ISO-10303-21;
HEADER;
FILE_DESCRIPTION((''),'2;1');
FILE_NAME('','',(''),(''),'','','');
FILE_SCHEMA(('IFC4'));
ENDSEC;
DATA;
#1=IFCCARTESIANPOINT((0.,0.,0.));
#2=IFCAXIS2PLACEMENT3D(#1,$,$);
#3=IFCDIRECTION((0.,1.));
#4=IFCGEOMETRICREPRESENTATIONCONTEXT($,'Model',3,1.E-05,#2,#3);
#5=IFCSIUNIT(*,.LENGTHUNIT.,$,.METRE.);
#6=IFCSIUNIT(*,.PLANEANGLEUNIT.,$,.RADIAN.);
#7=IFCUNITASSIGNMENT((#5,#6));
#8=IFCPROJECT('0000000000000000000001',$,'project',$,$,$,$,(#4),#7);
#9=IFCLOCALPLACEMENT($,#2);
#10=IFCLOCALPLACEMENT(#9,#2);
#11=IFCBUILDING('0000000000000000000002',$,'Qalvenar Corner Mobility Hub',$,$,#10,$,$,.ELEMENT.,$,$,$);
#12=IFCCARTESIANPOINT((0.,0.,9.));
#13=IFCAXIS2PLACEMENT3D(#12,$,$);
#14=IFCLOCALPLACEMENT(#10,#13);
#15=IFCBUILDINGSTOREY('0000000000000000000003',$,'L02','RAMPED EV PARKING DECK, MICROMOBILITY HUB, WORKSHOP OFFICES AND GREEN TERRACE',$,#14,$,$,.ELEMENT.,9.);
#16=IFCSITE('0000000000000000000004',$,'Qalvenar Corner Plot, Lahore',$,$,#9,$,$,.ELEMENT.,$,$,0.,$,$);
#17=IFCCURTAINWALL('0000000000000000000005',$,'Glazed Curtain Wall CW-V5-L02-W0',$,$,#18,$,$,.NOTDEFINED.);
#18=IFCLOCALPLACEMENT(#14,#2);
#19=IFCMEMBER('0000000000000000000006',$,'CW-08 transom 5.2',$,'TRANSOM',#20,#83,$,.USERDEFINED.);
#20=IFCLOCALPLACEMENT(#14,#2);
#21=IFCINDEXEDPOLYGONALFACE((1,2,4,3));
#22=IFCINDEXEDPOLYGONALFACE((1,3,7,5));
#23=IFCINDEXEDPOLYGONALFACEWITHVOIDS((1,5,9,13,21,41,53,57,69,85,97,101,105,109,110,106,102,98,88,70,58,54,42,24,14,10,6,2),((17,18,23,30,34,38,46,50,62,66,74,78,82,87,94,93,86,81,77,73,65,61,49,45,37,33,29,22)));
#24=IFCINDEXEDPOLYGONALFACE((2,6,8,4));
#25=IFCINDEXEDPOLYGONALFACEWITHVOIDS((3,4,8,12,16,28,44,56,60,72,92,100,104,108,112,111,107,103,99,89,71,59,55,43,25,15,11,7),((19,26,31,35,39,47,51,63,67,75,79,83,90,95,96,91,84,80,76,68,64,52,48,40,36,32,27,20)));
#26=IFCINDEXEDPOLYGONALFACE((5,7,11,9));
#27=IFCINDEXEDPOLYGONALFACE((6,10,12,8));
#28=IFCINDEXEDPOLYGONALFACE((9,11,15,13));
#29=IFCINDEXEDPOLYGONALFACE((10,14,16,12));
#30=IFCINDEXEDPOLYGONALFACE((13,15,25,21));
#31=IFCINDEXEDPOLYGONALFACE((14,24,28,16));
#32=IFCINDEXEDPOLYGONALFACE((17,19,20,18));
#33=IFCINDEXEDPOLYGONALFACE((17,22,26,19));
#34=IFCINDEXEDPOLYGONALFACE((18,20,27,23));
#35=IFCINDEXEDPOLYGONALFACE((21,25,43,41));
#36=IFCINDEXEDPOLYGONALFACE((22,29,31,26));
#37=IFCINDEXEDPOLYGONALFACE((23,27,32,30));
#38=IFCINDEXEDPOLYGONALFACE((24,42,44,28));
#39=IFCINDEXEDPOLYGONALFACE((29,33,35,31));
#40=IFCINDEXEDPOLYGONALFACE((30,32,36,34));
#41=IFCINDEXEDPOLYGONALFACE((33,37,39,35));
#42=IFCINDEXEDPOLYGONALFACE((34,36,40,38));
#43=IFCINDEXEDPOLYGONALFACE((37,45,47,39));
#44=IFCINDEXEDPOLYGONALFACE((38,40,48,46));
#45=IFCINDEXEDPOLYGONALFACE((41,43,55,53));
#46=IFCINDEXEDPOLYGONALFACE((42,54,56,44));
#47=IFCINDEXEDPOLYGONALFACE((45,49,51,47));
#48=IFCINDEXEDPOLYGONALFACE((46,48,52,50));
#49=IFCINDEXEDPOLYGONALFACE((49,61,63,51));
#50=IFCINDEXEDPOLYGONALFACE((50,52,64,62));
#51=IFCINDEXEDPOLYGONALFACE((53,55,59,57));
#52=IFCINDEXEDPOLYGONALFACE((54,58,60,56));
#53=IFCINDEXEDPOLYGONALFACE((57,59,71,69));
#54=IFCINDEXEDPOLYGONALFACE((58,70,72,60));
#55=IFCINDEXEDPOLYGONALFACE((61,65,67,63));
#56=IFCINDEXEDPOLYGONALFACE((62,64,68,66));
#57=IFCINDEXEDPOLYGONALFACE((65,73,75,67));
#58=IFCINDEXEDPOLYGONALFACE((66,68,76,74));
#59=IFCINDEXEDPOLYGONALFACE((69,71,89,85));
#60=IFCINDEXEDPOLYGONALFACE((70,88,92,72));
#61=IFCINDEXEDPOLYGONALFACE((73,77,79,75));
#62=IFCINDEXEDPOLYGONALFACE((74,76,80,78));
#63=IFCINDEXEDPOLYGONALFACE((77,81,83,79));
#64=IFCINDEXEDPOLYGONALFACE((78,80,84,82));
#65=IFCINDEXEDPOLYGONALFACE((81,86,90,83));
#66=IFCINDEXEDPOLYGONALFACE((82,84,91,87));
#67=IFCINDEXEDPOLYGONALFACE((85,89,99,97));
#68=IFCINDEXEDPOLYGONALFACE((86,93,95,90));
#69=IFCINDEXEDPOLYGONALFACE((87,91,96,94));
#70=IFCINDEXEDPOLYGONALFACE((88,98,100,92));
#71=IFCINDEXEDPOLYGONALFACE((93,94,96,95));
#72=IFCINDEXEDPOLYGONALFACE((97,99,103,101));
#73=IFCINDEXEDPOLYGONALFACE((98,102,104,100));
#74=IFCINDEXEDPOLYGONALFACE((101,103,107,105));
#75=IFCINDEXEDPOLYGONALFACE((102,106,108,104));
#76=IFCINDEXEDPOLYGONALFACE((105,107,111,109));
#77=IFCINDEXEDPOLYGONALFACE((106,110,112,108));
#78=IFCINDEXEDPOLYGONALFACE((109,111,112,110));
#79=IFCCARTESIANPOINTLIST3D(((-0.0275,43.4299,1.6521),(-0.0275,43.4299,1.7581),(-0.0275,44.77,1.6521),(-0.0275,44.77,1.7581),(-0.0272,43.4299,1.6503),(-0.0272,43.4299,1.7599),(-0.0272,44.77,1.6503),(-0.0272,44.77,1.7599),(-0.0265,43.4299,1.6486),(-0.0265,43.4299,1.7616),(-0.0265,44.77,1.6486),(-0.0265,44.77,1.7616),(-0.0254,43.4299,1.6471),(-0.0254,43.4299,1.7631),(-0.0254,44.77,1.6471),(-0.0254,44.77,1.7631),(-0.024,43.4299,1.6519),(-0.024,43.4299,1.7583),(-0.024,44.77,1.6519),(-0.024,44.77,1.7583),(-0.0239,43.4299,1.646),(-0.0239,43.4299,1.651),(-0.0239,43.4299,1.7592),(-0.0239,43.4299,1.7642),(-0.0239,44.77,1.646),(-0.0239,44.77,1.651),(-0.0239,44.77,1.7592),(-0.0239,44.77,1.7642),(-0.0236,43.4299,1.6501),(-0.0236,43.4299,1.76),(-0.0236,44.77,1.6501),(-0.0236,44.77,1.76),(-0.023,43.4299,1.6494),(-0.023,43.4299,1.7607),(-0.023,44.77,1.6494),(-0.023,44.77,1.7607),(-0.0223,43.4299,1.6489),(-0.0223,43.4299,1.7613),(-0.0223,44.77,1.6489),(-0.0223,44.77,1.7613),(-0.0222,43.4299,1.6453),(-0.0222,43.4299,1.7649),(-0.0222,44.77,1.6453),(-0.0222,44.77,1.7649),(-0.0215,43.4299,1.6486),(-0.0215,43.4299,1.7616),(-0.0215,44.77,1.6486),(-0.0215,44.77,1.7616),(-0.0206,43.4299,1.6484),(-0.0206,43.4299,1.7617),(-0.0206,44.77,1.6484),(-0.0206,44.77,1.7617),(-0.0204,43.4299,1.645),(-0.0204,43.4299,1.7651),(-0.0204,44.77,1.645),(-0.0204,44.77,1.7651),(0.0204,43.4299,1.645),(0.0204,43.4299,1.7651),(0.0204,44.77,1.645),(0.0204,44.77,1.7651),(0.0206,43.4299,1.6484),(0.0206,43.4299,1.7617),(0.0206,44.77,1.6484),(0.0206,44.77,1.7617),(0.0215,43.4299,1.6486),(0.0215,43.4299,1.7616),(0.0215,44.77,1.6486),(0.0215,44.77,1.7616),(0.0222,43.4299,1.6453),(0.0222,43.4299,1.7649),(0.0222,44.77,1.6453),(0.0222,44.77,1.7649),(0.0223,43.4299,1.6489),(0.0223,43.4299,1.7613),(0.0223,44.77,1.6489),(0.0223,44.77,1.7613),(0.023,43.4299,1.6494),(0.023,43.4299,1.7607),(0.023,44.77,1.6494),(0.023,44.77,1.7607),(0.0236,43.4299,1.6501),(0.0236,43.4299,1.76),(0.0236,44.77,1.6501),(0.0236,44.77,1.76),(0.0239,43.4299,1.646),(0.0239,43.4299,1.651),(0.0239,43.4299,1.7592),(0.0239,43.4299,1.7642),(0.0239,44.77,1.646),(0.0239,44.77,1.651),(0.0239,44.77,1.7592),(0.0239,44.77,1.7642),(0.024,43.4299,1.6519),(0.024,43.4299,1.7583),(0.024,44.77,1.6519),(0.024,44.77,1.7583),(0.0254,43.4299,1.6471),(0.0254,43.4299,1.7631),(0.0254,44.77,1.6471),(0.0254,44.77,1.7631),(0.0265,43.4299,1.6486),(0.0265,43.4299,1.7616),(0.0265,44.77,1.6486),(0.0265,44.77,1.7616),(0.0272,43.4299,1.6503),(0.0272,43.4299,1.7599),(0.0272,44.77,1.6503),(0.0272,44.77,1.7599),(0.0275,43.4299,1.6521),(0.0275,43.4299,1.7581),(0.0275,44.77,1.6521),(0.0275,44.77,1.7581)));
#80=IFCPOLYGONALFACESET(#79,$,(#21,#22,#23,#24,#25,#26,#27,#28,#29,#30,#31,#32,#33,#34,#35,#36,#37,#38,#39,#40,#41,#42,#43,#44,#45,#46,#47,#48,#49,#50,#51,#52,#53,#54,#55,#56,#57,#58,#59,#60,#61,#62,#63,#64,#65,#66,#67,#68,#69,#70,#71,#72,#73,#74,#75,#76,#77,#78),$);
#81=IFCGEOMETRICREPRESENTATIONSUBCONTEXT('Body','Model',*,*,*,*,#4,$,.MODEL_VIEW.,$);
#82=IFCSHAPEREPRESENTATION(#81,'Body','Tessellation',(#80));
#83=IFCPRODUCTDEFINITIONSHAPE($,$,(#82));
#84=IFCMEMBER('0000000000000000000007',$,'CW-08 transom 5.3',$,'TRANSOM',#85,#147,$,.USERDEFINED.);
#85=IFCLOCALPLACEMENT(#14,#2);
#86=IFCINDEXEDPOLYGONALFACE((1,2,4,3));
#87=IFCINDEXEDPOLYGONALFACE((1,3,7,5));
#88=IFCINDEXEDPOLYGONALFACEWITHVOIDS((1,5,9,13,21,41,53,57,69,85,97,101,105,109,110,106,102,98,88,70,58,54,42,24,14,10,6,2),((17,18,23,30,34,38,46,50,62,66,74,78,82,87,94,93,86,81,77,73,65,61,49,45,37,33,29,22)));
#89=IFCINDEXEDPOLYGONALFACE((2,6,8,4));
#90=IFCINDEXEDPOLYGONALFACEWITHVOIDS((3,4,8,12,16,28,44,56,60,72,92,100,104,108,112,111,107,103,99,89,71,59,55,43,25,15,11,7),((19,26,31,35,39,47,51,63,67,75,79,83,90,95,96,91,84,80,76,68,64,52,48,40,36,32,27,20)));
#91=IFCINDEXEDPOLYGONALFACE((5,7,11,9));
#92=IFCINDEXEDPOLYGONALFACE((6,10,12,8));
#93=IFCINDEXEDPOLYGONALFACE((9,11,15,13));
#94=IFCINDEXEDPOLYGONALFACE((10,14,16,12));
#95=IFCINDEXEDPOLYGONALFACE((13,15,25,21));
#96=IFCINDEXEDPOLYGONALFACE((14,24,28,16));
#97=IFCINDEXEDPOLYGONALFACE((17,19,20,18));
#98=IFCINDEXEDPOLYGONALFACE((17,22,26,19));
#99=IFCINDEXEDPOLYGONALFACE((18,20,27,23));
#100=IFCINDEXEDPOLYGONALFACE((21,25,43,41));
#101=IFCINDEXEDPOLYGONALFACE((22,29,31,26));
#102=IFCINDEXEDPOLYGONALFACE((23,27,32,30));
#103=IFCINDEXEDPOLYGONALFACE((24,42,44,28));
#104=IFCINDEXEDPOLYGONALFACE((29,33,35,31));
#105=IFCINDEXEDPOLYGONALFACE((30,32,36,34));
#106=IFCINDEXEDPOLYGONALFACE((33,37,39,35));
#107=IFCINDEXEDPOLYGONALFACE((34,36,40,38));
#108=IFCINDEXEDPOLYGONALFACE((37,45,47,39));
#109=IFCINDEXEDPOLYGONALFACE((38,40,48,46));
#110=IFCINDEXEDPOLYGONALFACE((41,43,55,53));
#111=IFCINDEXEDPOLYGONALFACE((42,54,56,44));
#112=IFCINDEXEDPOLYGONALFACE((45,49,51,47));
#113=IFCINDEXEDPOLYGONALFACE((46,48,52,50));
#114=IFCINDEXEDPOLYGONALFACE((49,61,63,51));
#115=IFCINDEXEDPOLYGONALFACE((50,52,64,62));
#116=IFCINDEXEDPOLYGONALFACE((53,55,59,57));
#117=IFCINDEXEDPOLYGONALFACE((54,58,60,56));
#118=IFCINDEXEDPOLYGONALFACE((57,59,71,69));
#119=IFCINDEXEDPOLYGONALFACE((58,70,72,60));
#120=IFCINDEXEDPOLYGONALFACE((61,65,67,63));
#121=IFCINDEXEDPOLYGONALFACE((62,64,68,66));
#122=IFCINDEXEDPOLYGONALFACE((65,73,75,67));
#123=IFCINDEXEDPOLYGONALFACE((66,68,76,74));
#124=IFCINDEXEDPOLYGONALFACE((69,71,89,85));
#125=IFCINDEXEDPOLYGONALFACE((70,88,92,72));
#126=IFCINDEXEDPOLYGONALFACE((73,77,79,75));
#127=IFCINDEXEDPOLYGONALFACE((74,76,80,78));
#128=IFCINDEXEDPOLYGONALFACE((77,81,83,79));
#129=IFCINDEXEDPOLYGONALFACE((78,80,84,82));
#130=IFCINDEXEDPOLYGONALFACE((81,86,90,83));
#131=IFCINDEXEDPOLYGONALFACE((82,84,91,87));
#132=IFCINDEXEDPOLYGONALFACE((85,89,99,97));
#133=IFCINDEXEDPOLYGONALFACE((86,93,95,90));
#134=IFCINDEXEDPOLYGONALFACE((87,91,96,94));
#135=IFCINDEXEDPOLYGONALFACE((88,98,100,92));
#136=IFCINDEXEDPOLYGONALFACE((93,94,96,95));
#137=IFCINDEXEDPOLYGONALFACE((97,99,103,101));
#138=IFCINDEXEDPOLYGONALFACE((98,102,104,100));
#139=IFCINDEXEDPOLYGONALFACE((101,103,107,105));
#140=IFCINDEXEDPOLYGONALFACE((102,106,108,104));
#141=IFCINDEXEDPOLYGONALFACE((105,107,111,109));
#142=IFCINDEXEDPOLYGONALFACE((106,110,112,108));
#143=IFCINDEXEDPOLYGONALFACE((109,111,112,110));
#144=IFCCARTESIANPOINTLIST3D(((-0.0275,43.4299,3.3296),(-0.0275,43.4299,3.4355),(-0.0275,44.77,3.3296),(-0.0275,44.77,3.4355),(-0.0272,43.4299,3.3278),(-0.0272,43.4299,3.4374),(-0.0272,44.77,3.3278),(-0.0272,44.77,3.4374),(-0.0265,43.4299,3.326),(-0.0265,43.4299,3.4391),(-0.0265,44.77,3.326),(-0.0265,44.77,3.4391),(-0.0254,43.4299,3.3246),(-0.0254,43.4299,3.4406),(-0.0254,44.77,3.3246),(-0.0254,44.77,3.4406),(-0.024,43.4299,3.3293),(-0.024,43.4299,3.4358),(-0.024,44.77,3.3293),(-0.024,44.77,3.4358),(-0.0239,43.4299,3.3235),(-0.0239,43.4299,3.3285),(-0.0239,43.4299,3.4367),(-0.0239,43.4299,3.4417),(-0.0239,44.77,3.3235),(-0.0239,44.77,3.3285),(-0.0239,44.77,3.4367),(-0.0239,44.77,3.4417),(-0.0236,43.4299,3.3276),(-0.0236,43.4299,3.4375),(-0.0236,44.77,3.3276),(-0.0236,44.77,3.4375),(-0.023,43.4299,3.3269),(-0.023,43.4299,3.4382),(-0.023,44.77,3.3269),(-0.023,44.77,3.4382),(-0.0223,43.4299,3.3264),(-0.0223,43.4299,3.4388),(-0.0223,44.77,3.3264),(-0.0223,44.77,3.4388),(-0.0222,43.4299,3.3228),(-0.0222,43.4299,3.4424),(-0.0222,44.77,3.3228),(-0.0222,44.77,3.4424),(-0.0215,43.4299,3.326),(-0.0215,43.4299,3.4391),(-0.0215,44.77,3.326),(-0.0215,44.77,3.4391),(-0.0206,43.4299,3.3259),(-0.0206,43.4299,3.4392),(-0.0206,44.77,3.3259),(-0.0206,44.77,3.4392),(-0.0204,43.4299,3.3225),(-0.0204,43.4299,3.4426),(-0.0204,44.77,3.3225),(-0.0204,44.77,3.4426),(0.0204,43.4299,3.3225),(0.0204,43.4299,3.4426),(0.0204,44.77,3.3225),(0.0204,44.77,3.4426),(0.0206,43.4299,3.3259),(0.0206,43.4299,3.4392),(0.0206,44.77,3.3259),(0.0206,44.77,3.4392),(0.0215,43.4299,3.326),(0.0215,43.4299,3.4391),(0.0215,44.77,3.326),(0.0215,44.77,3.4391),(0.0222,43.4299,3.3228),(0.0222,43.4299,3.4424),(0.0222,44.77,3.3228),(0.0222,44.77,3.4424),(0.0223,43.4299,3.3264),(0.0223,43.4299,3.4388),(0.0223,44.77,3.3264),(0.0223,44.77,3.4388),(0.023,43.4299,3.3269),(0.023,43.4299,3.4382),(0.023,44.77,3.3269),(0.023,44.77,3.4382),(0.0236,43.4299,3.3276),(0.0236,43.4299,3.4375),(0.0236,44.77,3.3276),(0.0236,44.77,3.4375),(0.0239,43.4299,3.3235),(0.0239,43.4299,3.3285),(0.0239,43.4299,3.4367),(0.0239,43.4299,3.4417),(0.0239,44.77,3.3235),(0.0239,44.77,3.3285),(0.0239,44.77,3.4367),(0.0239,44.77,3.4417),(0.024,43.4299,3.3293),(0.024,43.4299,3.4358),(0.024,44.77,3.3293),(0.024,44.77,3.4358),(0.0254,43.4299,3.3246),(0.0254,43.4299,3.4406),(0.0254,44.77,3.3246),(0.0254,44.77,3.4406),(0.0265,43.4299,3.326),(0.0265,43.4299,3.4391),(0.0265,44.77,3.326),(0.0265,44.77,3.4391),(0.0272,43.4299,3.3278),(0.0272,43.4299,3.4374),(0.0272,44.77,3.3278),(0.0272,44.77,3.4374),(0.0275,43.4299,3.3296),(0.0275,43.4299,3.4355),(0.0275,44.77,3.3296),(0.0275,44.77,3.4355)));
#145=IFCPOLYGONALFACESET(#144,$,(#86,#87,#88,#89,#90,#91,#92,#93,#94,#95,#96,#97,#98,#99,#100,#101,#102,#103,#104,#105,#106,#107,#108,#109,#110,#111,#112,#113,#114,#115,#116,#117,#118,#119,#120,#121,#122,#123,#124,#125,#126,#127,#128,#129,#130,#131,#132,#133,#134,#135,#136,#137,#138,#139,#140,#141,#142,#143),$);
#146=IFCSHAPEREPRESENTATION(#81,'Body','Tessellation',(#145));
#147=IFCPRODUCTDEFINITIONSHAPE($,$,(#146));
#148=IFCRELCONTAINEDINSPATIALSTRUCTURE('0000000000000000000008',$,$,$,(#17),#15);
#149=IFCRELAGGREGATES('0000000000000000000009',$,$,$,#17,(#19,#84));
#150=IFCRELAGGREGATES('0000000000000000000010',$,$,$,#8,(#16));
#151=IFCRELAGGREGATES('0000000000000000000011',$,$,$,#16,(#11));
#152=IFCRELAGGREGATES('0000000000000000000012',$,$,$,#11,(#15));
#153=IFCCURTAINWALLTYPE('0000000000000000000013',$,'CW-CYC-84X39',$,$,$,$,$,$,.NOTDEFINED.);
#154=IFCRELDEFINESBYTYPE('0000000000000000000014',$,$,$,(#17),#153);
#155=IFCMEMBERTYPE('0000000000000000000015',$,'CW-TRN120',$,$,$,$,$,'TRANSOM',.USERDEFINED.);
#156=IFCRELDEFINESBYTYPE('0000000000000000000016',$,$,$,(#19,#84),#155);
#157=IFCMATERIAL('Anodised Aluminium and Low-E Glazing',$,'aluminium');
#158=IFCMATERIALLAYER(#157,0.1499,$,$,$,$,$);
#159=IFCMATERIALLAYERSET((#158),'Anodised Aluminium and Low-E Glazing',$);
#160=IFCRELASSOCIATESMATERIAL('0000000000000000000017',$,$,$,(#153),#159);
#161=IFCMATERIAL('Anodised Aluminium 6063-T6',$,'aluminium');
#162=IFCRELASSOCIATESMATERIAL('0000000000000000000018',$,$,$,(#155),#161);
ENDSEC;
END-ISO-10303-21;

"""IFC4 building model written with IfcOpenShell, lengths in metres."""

from ifc_helpers import new_model, si_unit, direction, frame, origin, origin_2d, place, context, subcontext, project, spatial, hollow_rectangle, extrude, material, layer, layer_set, material_profile, profile_set, type_object, element, aggregate, save


model = new_model("IFC4")

# Units and contexts
model_context = context("Model", 3, precision=1e-05, world=origin(), true_north=direction((0.0, 1.0)))
body_context = subcontext(model_context, "Body", "Model", "MODEL_VIEW")
ifc_project = project(units=[si_unit("LENGTHUNIT", "METRE"), si_unit("PLANEANGLEUNIT", "RADIAN")], contexts=[model_context])

# Site, building, storey
site_placement = place(None, origin())
site = spatial("IfcSite", under=ifc_project, at=site_placement, Name="Qalvenar Corner Plot, Lahore", CompositionType="ELEMENT", RefElevation=0.0)
building_placement = place(site_placement, origin())
building = spatial("IfcBuilding", under=site, at=building_placement, Name="Qalvenar Corner Mobility Hub", CompositionType="ELEMENT")
storey_placement = place(building_placement, frame((0.0, 0.0, 9.0)))
storey = spatial("IfcBuildingStorey", under=building, at=storey_placement, Name="L02", Description="RAMPED EV PARKING DECK, MICROMOBILITY HUB, WORKSHOP OFFICES AND GREEN TERRACE", CompositionType="ELEMENT", Elevation=9.0)

# Curtain wall, members
ifc_material_1 = material(Name="Anodised Aluminium and Low-E Glazing", Category="aluminium")
ifc_layer_1 = layer(ifc_material_1, 0.1499)
ifc_layer_set_1 = layer_set([ifc_layer_1], Name="Anodised Aluminium and Low-E Glazing")
curtain_wall_type = type_object("IfcCurtainWallType", Name="CW-CYC-84X39", PredefinedType="NOTDEFINED", material=ifc_layer_set_1)
curtain_wall_placement = place(storey_placement, origin())
curtain_wall = element("IfcCurtainWall", 1, at=curtain_wall_placement, inside=storey, type_object=curtain_wall_type, Name="Glazed Curtain Wall CW-V5-L02-W0", PredefinedType="NOTDEFINED")
ifc_material_2 = material(Name="Anodised Aluminium 6063-T6", Category="aluminium")
ifc_material_profile_1 = material_profile(ifc_material_2, hollow_rectangle(XDim=0.0549, YDim=0.1201, WallThickness=0.0034, InnerFilletRadius=0.0034, OuterFilletRadius=0.0071, at=origin_2d()), Name="RHS120x55x3.5")
ifc_profile_set_1 = profile_set([ifc_material_profile_1], Name="Anodised Aluminium 6063-T6")
member_type_1 = type_object("IfcMemberType", Name="CW-TRN120", ElementType="TRANSOM", PredefinedType="USERDEFINED", material=ifc_profile_set_1)
member_1_placement = place(storey_placement, frame((0.0, 44.77, 1.7051), z_axis=(0.0, -1.0, 0.0), x_axis=(1.0, 0.0, 0.0)))
member_1 = element("IfcMember", 2, at=member_1_placement, type_object=member_type_1, Name="CW-08 transom 5.2", ObjectType="TRANSOM", PredefinedType="USERDEFINED", context=body_context, shape_type="SweptSolid", body=[
    extrude(hollow_rectangle(XDim=0.0549, YDim=0.1201, WallThickness=0.0034, InnerFilletRadius=0.0034, OuterFilletRadius=0.0071, at=origin_2d()), origin(), (0.0, 0.0, 1.0), 1.3401),
])
member_2_placement = place(storey_placement, frame((0.0, 44.77, 3.3826), z_axis=(0.0, -1.0, 0.0), x_axis=(1.0, 0.0, 0.0)))
member_2 = element("IfcMember", 3, at=member_2_placement, type_object=member_type_1, Name="CW-08 transom 5.3", ObjectType="TRANSOM", PredefinedType="USERDEFINED", context=body_context, shape_type="SweptSolid", body=[
    extrude(hollow_rectangle(XDim=0.0549, YDim=0.1201, WallThickness=0.0034, InnerFilletRadius=0.0034, OuterFilletRadius=0.0071, at=origin_2d()), origin(), (0.0, 0.0, 1.0), 1.3401),
])
aggregate(curtain_wall, [member_1, member_2])

save(model, "model.ifc")
